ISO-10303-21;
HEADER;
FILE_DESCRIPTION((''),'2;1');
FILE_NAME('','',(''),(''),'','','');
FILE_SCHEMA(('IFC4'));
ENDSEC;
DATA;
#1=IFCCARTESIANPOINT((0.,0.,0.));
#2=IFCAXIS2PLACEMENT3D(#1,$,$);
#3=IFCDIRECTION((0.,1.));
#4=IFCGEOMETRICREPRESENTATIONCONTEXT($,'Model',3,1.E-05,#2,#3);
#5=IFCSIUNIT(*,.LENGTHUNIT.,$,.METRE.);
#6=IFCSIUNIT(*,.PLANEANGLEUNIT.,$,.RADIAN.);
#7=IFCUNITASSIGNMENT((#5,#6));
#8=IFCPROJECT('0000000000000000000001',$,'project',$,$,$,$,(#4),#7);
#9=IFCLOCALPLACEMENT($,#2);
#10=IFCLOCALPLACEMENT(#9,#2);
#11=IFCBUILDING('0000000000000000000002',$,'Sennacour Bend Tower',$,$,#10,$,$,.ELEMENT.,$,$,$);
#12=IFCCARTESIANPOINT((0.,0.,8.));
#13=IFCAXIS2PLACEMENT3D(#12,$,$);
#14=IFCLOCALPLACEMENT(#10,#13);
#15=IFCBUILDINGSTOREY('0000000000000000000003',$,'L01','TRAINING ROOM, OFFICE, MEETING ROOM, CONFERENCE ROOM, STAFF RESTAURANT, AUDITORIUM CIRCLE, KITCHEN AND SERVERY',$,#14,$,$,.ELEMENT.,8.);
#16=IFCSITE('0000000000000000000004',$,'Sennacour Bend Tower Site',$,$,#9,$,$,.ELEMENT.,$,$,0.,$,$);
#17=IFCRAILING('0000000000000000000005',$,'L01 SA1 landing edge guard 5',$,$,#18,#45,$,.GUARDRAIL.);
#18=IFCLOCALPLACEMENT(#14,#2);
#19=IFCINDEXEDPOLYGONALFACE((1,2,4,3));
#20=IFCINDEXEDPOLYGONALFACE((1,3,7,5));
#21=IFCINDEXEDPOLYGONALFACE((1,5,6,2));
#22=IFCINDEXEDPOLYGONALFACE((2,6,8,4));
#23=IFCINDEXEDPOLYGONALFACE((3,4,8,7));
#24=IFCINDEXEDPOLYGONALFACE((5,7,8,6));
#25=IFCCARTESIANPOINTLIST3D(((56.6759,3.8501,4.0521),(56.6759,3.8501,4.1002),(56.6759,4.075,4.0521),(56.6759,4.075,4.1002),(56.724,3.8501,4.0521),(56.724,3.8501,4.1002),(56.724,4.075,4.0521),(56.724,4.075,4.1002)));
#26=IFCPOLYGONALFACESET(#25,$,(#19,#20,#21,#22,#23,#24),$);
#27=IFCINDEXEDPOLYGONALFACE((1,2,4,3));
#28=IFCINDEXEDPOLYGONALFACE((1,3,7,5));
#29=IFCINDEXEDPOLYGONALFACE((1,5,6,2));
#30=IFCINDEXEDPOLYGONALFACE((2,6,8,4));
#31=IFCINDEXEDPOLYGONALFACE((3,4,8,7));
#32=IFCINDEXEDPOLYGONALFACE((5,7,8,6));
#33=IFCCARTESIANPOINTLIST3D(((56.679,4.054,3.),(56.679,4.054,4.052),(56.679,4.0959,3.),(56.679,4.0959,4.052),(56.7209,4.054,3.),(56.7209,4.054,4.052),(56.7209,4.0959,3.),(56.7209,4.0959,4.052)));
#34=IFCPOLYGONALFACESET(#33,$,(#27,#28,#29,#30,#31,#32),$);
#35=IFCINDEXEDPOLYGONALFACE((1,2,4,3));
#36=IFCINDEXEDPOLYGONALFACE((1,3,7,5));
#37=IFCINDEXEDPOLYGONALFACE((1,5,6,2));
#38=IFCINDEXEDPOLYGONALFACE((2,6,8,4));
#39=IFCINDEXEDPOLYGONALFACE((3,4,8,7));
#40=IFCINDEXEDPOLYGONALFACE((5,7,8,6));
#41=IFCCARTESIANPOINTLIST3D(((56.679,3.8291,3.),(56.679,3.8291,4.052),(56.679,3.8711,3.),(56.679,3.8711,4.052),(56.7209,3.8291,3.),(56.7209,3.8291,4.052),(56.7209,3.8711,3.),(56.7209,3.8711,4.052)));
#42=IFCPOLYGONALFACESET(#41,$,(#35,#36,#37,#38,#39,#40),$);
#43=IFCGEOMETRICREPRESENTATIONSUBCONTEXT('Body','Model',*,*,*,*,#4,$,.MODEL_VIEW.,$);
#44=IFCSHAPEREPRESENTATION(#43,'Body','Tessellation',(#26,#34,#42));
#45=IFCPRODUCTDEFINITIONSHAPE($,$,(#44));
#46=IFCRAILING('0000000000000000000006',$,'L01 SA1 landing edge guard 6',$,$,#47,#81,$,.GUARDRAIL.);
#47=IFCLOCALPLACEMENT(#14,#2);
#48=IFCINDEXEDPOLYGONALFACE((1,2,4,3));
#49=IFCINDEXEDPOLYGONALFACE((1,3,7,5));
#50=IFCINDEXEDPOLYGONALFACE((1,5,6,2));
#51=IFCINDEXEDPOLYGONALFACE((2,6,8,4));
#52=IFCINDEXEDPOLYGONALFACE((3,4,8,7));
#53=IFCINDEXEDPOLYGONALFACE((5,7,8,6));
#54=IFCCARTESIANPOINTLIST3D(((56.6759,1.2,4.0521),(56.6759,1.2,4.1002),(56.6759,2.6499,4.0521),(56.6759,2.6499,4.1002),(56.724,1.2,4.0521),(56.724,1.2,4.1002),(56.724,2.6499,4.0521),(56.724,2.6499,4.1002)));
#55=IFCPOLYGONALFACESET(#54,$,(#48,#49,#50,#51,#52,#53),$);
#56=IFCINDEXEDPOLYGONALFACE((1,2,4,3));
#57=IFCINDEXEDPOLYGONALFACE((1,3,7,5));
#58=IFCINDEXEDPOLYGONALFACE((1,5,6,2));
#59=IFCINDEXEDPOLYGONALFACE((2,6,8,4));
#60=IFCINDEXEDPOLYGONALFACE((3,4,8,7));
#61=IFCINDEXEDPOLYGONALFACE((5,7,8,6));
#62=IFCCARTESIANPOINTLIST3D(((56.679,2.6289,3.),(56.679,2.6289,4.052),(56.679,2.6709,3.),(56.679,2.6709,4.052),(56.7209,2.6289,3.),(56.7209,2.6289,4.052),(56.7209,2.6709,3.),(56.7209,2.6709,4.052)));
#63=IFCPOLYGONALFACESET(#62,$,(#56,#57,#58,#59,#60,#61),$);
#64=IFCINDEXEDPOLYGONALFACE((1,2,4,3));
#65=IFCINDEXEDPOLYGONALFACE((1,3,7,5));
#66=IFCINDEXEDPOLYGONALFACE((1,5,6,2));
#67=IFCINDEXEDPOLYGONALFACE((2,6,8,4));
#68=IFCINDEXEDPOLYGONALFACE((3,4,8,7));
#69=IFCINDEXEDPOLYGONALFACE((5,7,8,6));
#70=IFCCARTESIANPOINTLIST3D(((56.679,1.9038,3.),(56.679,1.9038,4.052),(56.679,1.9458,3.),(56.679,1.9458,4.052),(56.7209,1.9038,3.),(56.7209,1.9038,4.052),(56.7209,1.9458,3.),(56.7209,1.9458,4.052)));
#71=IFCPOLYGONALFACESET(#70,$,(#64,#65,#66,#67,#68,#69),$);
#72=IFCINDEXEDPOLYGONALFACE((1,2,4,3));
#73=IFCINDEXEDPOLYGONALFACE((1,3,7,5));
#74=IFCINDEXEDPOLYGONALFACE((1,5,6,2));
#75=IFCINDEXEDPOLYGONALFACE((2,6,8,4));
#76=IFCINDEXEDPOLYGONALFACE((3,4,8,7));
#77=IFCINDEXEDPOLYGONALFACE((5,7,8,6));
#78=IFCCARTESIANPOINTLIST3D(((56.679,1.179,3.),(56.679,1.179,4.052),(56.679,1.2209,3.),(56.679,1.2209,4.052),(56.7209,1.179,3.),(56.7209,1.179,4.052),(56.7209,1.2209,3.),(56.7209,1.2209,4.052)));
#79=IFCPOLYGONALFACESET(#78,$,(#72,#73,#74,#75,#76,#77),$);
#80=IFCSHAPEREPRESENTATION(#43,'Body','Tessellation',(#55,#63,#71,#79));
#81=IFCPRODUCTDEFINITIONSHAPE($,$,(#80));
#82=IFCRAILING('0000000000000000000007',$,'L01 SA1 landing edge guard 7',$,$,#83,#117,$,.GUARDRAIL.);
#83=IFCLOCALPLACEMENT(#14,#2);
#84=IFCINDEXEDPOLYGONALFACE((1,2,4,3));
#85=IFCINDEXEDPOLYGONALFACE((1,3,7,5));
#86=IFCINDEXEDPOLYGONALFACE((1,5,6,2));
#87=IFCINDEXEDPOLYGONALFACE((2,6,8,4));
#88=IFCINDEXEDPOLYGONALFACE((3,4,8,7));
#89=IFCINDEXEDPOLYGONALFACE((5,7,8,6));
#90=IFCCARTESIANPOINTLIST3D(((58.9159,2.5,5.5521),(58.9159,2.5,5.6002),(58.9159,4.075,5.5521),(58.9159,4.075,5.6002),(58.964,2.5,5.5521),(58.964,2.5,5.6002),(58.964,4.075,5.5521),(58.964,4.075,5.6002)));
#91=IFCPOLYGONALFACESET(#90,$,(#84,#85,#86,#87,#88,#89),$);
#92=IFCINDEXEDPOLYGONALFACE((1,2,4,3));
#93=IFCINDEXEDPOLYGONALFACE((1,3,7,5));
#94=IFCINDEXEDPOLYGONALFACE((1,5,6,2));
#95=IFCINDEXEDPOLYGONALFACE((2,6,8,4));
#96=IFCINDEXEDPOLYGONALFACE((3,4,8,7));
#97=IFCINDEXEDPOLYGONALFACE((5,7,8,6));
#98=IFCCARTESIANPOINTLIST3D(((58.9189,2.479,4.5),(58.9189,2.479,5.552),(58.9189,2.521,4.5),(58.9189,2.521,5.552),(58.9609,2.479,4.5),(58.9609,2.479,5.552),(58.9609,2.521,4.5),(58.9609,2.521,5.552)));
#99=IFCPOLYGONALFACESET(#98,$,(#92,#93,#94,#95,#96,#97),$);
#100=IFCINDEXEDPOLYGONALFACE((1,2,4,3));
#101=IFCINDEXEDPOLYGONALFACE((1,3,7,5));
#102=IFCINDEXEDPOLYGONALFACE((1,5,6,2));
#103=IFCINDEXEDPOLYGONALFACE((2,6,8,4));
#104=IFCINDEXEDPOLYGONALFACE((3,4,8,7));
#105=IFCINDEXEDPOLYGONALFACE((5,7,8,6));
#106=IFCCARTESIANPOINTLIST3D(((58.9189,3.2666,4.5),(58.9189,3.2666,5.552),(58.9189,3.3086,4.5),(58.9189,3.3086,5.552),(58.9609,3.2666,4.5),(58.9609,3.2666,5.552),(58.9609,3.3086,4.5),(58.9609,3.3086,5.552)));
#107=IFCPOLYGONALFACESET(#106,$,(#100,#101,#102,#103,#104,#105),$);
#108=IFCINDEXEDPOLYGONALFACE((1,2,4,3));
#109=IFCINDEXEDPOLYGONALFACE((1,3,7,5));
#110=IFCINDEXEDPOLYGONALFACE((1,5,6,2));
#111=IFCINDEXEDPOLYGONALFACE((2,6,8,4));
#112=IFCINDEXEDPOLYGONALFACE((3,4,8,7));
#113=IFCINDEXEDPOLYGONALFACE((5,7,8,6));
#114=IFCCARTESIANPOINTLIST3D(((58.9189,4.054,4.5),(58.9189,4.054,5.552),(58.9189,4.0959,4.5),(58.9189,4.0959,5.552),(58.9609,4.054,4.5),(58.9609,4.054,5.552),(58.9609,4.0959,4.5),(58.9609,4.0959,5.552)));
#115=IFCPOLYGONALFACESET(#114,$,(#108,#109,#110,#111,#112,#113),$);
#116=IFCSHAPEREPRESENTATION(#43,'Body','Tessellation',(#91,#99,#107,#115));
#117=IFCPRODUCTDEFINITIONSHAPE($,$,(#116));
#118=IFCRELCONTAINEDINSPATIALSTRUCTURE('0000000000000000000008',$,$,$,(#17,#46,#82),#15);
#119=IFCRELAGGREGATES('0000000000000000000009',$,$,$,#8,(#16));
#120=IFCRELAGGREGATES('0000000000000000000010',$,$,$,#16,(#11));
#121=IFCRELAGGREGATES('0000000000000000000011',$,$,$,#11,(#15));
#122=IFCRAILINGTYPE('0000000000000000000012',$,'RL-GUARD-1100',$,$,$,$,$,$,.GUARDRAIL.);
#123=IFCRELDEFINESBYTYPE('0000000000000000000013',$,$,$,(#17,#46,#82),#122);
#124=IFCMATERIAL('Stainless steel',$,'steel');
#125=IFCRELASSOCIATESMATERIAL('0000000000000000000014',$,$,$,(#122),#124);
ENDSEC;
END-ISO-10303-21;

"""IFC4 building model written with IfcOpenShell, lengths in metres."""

from ifc_helpers import new_model, si_unit, direction, frame, origin, origin_2d, place, context, subcontext, project, spatial, rectangle, extrude, material, type_object, element, save


model = new_model("IFC4")

# Units and contexts
model_context = context("Model", 3, precision=1e-05, world=origin(), true_north=direction((0.0, 1.0)))
body_context = subcontext(model_context, "Body", "Model", "MODEL_VIEW")
ifc_project = project(units=[si_unit("LENGTHUNIT", "METRE"), si_unit("PLANEANGLEUNIT", "RADIAN")], contexts=[model_context])

# Site, building, storey
site_placement = place(None, origin())
site = spatial("IfcSite", under=ifc_project, at=site_placement, Name="Sennacour Bend Tower Site", CompositionType="ELEMENT", RefElevation=0.0)
building_placement = place(site_placement, origin())
building = spatial("IfcBuilding", under=site, at=building_placement, Name="Sennacour Bend Tower", CompositionType="ELEMENT")
storey_placement = place(building_placement, frame((0.0, 0.0, 8.0)))
storey = spatial("IfcBuildingStorey", under=building, at=storey_placement, Name="L01", Description="TRAINING ROOM, OFFICE, MEETING ROOM, CONFERENCE ROOM, STAFF RESTAURANT, AUDITORIUM CIRCLE, KITCHEN AND SERVERY", CompositionType="ELEMENT", Elevation=8.0)

# Shared definitions
ifc_material_1 = material(Name="Stainless steel", Category="steel")

# Railings
railing_type = type_object("IfcRailingType", Name="RL-GUARD-1100", PredefinedType="GUARDRAIL", material=ifc_material_1)
railing_1_placement = place(storey_placement, frame((56.7, 4.075, 3.0)))
element("IfcRailing", 1, at=railing_1_placement, inside=storey, type_object=railing_type, Name="L01 SA1 landing edge guard 5", PredefinedType="GUARDRAIL", context=body_context, shape_type="SweptSolid", body=[
    extrude(rectangle(XDim=0.0481, YDim=0.0481, at=origin_2d()), frame((0.0, 0.0, 1.0762), z_axis=(0.0, -1.0, 0.0), x_axis=(1.0, 0.0, 0.0)), (0.0, 0.0, 1.0), 0.2249),
    extrude(rectangle(XDim=0.042, YDim=0.042, at=origin_2d()), origin(), (0.0, 0.0, 1.0), 1.052),
    extrude(rectangle(XDim=0.042, YDim=0.042, at=origin_2d()), frame((0.0, -0.2249, 0.0)), (0.0, 0.0, 1.0), 1.052),
])
railing_2_placement = place(storey_placement, frame((56.7, 2.6499, 3.0)))
element("IfcRailing", 2, at=railing_2_placement, inside=storey, type_object=railing_type, Name="L01 SA1 landing edge guard 6", PredefinedType="GUARDRAIL", context=body_context, shape_type="SweptSolid", body=[
    extrude(rectangle(XDim=0.0481, YDim=0.0481, at=origin_2d()), frame((0.0, 0.0, 1.0762), z_axis=(0.0, -1.0, 0.0), x_axis=(1.0, 0.0, 0.0)), (0.0, 0.0, 1.0), 1.45),
    extrude(rectangle(XDim=0.042, YDim=0.042, at=origin_2d()), origin(), (0.0, 0.0, 1.0), 1.052),
    extrude(rectangle(XDim=0.042, YDim=0.042, at=origin_2d()), frame((0.0, -0.7251, 0.0)), (0.0, 0.0, 1.0), 1.052),
    extrude(rectangle(XDim=0.042, YDim=0.042, at=origin_2d()), frame((0.0, -1.45, 0.0)), (0.0, 0.0, 1.0), 1.052),
])
railing_3_placement = place(storey_placement, frame((58.9399, 2.5, 4.5)))
element("IfcRailing", 3, at=railing_3_placement, inside=storey, type_object=railing_type, Name="L01 SA1 landing edge guard 7", PredefinedType="GUARDRAIL", context=body_context, shape_type="SweptSolid", body=[
    extrude(rectangle(XDim=0.0481, YDim=0.0481, at=origin_2d()), frame((0.0, 0.0, 1.0762), z_axis=(0.0, 1.0, 0.0), x_axis=(-1.0, 0.0, 0.0)), (0.0, 0.0, 1.0), 1.575),
    extrude(rectangle(XDim=0.042, YDim=0.042, at=origin_2d()), origin(), (0.0, 0.0, 1.0), 1.052),
    extrude(rectangle(XDim=0.042, YDim=0.042, at=origin_2d()), frame((0.0, 0.7876, 0.0)), (0.0, 0.0, 1.0), 1.052),
    extrude(rectangle(XDim=0.042, YDim=0.042, at=origin_2d()), frame((0.0, 1.575, 0.0)), (0.0, 0.0, 1.0), 1.052),
])

save(model, "model.ifc")
